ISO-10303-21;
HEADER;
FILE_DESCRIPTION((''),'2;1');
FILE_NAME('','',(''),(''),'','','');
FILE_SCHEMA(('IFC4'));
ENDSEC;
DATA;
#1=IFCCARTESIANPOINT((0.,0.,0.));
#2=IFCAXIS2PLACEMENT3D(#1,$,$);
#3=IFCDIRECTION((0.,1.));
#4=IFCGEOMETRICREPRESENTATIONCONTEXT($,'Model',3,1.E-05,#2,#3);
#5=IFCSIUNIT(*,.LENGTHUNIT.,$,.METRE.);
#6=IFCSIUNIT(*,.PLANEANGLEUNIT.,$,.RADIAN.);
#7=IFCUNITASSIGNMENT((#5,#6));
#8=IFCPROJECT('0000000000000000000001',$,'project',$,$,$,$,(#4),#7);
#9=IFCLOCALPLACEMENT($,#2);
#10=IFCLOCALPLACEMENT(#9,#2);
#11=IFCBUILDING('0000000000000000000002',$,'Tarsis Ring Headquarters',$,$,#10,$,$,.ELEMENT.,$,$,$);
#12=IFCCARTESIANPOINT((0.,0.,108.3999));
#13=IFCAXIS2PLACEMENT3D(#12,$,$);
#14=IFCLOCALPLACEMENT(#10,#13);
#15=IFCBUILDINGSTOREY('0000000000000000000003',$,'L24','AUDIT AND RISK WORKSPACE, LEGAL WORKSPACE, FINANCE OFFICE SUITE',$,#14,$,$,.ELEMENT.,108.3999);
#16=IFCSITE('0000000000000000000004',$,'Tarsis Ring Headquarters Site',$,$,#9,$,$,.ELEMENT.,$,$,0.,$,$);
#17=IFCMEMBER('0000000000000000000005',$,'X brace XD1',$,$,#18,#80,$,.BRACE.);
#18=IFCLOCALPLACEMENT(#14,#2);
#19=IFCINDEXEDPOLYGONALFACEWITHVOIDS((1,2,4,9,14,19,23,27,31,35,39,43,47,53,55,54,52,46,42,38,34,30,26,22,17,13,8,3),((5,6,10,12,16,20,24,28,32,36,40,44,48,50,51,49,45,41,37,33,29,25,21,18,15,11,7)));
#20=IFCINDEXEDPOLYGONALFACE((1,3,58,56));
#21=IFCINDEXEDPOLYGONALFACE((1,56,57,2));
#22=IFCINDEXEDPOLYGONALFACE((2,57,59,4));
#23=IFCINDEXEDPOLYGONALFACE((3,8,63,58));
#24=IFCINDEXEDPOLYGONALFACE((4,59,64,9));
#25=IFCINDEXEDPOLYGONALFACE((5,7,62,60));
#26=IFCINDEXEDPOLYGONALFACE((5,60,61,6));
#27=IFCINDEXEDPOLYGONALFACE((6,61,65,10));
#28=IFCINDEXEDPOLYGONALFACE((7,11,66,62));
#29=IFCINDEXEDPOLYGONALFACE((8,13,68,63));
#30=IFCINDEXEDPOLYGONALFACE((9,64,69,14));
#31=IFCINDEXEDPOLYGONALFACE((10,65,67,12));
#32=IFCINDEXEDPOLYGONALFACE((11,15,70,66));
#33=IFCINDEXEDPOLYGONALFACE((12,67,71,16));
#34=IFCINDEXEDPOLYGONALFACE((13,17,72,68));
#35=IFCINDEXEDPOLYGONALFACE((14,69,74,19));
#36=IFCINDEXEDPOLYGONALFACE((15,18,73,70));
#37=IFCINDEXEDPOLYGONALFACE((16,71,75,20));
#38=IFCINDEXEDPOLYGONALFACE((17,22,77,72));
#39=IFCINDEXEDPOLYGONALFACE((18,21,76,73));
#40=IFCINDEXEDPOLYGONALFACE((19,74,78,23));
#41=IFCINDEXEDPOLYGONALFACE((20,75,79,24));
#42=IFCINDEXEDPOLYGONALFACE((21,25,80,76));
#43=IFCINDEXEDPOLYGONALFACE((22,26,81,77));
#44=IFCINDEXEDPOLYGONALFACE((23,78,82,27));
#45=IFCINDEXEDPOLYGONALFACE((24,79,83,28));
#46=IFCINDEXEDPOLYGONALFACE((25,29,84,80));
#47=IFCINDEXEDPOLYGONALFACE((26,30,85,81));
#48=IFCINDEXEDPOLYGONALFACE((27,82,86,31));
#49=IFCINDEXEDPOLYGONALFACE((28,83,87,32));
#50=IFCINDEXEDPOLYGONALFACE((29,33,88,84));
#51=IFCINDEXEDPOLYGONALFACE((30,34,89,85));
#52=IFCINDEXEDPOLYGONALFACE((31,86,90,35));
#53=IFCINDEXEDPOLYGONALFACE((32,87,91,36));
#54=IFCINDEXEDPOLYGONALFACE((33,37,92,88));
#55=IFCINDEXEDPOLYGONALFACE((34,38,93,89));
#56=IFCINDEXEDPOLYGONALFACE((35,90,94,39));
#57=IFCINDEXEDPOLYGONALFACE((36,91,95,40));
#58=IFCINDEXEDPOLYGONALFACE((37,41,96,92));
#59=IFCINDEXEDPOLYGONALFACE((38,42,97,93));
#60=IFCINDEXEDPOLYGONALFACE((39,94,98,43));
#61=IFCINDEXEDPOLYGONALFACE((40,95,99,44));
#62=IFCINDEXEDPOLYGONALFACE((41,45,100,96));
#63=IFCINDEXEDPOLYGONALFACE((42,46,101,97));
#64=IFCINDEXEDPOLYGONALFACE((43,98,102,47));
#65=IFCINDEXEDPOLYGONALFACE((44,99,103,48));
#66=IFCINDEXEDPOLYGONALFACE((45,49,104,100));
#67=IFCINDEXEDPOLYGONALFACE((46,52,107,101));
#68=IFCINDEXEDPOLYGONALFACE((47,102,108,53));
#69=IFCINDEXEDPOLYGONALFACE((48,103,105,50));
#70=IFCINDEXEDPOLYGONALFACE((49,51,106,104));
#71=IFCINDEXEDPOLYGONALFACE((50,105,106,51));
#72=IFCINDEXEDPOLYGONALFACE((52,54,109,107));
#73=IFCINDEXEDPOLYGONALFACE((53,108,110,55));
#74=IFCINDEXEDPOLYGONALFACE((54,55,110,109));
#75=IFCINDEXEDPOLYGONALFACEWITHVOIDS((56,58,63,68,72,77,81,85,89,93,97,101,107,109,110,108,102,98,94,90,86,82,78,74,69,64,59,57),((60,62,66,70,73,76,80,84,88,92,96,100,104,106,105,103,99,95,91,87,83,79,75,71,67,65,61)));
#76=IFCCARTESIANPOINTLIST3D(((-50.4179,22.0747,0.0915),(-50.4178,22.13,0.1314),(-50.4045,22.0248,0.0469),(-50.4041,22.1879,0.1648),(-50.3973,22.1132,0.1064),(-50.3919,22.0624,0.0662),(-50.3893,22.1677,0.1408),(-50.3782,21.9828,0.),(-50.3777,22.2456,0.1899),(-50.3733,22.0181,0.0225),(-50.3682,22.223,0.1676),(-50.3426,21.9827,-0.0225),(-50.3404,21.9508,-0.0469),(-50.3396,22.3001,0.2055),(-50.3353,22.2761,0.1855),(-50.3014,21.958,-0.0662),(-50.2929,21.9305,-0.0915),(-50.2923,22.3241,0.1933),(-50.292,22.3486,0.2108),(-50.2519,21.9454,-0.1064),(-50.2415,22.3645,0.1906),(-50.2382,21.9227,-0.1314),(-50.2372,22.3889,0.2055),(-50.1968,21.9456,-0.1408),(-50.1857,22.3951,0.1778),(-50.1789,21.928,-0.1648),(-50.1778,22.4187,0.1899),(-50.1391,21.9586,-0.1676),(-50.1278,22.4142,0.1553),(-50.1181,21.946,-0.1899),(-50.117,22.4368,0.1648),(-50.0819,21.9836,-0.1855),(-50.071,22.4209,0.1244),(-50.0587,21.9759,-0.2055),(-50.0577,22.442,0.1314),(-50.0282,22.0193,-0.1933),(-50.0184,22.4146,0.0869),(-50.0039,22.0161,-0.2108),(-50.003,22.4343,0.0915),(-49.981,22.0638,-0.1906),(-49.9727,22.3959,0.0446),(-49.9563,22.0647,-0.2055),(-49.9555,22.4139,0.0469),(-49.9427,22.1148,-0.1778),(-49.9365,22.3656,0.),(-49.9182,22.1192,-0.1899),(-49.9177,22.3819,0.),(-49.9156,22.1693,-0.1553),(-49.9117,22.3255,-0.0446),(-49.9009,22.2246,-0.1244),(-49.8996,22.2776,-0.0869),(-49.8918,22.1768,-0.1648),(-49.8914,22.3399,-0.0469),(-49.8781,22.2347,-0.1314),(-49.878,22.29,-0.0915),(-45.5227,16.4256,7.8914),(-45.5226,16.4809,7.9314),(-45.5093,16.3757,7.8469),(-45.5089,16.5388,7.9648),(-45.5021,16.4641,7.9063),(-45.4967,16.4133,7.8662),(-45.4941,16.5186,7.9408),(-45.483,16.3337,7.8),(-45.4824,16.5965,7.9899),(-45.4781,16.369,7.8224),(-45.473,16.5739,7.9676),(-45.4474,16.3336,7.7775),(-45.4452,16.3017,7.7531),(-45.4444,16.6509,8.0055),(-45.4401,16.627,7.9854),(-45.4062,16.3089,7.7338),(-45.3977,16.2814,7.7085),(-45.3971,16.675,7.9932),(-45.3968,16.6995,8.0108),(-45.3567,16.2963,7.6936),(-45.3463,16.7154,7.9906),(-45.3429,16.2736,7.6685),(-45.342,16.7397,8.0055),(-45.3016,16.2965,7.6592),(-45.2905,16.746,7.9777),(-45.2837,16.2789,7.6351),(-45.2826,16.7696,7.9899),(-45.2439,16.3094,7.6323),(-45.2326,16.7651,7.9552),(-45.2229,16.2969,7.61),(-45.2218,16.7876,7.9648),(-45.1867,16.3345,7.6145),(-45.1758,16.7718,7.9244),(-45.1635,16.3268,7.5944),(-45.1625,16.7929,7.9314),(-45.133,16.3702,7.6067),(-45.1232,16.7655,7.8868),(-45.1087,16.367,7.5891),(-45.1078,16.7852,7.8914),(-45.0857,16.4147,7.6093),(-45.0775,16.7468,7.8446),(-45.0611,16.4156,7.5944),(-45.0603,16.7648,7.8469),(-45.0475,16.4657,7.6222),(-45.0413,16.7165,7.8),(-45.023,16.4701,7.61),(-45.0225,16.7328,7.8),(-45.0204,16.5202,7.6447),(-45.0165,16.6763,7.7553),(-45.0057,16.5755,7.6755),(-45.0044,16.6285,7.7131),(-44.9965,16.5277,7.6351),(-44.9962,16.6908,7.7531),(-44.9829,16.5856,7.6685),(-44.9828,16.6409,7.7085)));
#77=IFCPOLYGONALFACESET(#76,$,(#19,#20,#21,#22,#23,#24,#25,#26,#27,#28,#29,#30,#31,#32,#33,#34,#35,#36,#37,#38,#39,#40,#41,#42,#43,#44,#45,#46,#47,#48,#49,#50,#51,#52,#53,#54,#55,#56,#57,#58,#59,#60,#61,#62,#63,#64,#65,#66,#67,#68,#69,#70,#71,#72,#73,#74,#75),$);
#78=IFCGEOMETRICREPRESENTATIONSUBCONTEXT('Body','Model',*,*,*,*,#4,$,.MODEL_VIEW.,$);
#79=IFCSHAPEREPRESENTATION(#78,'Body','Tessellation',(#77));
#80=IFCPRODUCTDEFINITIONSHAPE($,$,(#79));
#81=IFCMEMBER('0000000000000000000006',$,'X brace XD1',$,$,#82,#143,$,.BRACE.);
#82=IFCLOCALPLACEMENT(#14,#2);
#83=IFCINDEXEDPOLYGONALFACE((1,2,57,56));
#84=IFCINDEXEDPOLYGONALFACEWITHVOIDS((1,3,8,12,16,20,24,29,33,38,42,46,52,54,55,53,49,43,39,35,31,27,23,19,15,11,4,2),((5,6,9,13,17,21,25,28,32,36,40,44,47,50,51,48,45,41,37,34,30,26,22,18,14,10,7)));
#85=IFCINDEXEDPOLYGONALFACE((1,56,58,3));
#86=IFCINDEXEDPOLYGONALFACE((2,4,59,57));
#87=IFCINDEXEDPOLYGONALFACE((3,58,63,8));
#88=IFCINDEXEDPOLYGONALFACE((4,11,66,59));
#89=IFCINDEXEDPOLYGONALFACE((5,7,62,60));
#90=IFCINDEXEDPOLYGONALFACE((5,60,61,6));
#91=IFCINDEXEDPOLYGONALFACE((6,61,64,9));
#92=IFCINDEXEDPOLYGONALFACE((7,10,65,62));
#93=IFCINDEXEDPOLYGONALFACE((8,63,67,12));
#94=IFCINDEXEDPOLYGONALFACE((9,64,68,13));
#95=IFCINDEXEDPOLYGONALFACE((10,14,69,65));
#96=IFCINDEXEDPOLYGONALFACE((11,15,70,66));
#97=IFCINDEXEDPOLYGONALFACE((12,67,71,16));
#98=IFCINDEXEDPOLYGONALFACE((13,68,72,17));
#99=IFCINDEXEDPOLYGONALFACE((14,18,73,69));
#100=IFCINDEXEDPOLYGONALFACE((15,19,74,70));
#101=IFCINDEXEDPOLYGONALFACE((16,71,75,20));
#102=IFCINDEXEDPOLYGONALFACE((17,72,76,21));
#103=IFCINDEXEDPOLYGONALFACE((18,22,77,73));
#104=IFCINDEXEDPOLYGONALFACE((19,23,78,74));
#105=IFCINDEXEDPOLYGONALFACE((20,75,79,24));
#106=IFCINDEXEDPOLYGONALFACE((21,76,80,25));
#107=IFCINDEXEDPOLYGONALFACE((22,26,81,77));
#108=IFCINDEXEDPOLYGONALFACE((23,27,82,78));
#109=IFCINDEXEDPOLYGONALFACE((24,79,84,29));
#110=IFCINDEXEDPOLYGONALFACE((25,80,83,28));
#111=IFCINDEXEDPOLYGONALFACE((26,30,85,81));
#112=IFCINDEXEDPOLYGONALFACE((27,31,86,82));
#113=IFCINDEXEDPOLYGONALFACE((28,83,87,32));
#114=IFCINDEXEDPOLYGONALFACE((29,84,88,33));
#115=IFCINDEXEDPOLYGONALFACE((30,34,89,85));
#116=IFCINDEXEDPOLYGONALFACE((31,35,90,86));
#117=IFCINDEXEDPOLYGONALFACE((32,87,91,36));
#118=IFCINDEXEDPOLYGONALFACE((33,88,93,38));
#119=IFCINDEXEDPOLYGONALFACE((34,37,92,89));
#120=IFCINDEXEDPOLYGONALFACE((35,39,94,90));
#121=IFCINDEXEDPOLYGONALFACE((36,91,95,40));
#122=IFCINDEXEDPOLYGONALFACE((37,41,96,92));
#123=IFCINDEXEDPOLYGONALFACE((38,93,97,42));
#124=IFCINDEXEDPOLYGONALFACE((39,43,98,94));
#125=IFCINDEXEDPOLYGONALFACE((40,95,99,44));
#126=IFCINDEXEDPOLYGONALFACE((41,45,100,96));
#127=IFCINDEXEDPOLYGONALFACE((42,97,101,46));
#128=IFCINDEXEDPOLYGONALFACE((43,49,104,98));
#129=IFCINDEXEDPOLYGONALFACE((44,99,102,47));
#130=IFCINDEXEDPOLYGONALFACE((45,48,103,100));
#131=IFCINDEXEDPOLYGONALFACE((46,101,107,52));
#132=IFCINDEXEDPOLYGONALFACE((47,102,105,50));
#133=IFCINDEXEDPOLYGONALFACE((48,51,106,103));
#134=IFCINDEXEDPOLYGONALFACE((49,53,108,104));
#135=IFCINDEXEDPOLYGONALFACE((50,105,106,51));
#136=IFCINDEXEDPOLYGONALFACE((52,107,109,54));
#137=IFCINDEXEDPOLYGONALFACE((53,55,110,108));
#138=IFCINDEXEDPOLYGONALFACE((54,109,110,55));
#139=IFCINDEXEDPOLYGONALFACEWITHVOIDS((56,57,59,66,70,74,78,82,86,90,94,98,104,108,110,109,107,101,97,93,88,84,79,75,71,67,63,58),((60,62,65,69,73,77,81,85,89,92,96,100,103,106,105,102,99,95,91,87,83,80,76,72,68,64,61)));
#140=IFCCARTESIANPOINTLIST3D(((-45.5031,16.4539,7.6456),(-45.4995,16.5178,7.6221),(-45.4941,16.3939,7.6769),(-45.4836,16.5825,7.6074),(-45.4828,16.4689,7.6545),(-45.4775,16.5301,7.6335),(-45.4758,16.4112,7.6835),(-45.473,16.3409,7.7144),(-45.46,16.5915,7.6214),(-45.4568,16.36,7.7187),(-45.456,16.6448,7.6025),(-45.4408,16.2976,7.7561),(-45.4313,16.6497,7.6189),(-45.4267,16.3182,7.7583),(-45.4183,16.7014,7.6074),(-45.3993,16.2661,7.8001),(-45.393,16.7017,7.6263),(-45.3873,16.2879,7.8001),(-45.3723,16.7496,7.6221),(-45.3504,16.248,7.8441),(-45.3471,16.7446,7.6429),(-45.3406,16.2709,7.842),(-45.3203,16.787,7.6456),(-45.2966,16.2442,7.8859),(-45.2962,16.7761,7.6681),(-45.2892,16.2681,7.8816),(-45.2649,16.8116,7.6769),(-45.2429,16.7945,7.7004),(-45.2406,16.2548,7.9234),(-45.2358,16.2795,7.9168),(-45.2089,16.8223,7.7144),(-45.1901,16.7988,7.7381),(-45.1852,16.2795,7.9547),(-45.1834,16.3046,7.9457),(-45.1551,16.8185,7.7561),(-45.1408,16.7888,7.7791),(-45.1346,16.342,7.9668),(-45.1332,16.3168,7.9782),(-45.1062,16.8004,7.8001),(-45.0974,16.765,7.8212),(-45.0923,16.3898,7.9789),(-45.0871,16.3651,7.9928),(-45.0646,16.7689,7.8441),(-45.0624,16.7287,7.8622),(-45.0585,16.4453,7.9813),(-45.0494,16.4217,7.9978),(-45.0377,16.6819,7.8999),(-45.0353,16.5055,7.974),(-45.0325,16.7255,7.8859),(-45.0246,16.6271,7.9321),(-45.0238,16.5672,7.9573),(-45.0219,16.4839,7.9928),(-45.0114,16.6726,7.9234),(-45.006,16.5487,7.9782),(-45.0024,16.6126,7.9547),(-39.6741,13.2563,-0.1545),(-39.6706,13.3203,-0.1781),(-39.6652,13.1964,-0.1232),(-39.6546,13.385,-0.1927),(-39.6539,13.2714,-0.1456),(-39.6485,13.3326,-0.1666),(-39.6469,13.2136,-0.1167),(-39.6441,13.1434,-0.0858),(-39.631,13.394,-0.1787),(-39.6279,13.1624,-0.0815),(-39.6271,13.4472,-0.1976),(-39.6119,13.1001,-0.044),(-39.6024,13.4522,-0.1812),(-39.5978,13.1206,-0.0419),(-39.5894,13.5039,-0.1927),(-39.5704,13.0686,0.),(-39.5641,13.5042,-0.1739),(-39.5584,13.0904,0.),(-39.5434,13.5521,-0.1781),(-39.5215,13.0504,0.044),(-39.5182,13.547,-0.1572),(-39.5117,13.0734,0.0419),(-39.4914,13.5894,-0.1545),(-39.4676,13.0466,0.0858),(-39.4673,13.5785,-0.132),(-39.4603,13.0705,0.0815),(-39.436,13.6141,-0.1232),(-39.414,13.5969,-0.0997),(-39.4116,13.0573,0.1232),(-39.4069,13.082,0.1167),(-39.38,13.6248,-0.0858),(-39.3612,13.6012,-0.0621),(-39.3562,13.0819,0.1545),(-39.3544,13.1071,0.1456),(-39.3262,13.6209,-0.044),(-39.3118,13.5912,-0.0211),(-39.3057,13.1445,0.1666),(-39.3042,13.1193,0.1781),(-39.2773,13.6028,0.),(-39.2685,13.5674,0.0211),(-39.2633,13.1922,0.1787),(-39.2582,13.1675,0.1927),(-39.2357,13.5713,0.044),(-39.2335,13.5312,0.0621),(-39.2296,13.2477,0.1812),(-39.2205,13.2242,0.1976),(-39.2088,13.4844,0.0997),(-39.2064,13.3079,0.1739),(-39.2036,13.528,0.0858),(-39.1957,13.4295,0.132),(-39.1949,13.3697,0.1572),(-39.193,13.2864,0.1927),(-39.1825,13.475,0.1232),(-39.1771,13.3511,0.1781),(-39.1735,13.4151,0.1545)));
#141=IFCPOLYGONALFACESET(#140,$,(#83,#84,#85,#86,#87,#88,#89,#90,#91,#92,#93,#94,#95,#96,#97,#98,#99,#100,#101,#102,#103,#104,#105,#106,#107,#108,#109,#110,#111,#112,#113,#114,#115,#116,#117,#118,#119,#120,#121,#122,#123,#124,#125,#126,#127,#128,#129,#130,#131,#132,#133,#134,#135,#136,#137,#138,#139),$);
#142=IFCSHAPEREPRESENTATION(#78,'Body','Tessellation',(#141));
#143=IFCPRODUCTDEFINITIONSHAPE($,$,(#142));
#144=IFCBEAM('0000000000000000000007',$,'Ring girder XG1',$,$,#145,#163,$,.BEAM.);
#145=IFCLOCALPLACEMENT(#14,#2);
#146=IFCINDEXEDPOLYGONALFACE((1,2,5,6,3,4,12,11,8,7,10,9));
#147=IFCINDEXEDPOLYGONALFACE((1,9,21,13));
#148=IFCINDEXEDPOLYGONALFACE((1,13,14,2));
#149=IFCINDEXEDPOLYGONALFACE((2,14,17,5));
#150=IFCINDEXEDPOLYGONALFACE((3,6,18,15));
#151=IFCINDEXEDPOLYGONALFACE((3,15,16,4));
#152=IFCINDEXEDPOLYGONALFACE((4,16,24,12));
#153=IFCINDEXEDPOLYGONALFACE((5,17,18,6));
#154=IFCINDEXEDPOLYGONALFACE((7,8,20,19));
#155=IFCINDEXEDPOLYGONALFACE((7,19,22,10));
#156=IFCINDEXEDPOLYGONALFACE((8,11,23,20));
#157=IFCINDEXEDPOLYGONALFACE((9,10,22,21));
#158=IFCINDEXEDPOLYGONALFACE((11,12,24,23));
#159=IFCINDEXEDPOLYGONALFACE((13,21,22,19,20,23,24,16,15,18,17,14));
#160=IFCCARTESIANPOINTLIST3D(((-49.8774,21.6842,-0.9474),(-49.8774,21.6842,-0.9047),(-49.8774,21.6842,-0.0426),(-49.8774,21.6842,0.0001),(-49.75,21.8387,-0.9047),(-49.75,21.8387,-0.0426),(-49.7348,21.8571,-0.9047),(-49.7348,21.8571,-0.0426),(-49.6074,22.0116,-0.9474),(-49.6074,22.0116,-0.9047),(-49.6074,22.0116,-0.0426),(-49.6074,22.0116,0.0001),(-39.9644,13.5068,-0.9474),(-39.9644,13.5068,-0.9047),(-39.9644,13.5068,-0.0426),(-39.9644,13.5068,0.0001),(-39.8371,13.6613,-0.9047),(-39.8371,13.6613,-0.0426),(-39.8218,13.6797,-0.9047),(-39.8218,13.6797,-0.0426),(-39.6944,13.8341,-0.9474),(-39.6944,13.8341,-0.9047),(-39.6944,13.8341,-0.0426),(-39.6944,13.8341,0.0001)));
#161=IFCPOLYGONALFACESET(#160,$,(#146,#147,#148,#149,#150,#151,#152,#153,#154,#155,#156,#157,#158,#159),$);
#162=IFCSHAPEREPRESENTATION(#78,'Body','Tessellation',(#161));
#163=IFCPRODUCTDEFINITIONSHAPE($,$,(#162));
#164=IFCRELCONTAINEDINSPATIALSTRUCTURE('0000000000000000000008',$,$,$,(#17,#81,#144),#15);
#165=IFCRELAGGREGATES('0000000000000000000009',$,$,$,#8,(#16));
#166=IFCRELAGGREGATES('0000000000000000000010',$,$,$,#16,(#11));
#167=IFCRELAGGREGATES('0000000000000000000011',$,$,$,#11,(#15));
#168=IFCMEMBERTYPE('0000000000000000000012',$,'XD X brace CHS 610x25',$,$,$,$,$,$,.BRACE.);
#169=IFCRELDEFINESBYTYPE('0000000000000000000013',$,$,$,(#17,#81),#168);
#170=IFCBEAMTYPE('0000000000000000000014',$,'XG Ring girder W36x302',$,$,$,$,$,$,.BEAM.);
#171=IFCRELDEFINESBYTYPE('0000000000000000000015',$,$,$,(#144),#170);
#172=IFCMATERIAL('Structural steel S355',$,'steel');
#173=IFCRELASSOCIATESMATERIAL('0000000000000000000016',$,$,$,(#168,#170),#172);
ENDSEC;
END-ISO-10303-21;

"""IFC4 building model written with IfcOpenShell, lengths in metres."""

from ifc_helpers import new_model, si_unit, direction, frame, origin, origin_2d, place, context, subcontext, project, spatial, hollow_circle, i_section, extrude, material, material_profile, profile_set, type_object, element, save


model = new_model("IFC4")

# Units and contexts
model_context = context("Model", 3, precision=1e-05, world=origin(), true_north=direction((0.0, 1.0)))
body_context = subcontext(model_context, "Body", "Model", "MODEL_VIEW")
ifc_project = project(units=[si_unit("LENGTHUNIT", "METRE"), si_unit("PLANEANGLEUNIT", "RADIAN")], contexts=[model_context])

# Site, building, storey
site_placement = place(None, origin())
site = spatial("IfcSite", under=ifc_project, at=site_placement, Name="Tarsis Ring Headquarters Site", CompositionType="ELEMENT", RefElevation=0.0)
building_placement = place(site_placement, origin())
building = spatial("IfcBuilding", under=site, at=building_placement, Name="Tarsis Ring Headquarters", CompositionType="ELEMENT")
storey_placement = place(building_placement, frame((0.0, 0.0, 108.3999)))
storey = spatial("IfcBuildingStorey", under=building, at=storey_placement, Name="L24", Description="AUDIT AND RISK WORKSPACE, LEGAL WORKSPACE, FINANCE OFFICE SUITE", CompositionType="ELEMENT", Elevation=108.3999)

# Shared definitions
ifc_material_1 = material(Name="Structural steel S355", Category="steel")

# Members
ifc_material_profile_1 = material_profile(ifc_material_1, hollow_circle(Radius=0.3047, WallThickness=0.0249, at=origin_2d()), Name="CHS 610x25")
ifc_profile_set_1 = profile_set([ifc_material_profile_1], Name="Structural steel S355")
member_type = type_object("IfcMemberType", Name="XD X brace CHS 610x25", PredefinedType="BRACE", material=ifc_profile_set_1)
member_1_placement = place(storey_placement, frame((-50.1479, 22.1824, 0.0), z_axis=(0.453115, -0.522898, 0.721987), x_axis=(0.755734, 0.654878, 0.0)))
element("IfcMember", 1, at=member_1_placement, inside=storey, type_object=member_type, Name="X brace XD1", PredefinedType="BRACE", context=body_context, shape_type="SweptSolid", body=[
    extrude(hollow_circle(Radius=0.3047, WallThickness=0.0249, at=origin_2d()), origin(), (0.0, 0.0, 1.0), 10.8035),
])
member_2_placement = place(storey_placement, frame((-39.4238, 13.3357, 0.0), z_axis=(-0.568729, 0.311985, 0.76106), x_axis=(-0.480953, -0.876746, 0.0)))
element("IfcMember", 2, at=member_2_placement, inside=storey, type_object=member_type, Name="X brace XD1", PredefinedType="BRACE", context=body_context, shape_type="SweptSolid", body=[
    extrude(hollow_circle(Radius=0.3047, WallThickness=0.0249, at=origin_2d()), origin(), (0.0, 0.0, 1.0), 10.249),
])

# Beam
ifc_material_profile_2 = material_profile(ifc_material_1, i_section(OverallWidth=0.4243, OverallDepth=0.9475, WebThickness=0.0239, FlangeThickness=0.0427, at=origin_2d()), Name="W36x302")
ifc_profile_set_2 = profile_set([ifc_material_profile_2], Name="Structural steel S355")
beam_type = type_object("IfcBeamType", Name="XG Ring girder W36x302", PredefinedType="BEAM", material=ifc_profile_set_2)
beam_placement = place(storey_placement, frame((-49.7424, 21.8479, -0.4736), z_axis=(0.771404, -0.636346, 0.0), x_axis=(0.636346, 0.771404, 0.0)))
element("IfcBeam", 3, at=beam_placement, inside=storey, type_object=beam_type, Name="Ring girder XG1", PredefinedType="BEAM", context=body_context, shape_type="SweptSolid", body=[
    extrude(i_section(OverallWidth=0.4243, OverallDepth=0.9475, WebThickness=0.0239, FlangeThickness=0.0427, at=origin_2d()), origin(), (0.0, 0.0, 1.0), 12.8506),
])

save(model, "model.ifc")
